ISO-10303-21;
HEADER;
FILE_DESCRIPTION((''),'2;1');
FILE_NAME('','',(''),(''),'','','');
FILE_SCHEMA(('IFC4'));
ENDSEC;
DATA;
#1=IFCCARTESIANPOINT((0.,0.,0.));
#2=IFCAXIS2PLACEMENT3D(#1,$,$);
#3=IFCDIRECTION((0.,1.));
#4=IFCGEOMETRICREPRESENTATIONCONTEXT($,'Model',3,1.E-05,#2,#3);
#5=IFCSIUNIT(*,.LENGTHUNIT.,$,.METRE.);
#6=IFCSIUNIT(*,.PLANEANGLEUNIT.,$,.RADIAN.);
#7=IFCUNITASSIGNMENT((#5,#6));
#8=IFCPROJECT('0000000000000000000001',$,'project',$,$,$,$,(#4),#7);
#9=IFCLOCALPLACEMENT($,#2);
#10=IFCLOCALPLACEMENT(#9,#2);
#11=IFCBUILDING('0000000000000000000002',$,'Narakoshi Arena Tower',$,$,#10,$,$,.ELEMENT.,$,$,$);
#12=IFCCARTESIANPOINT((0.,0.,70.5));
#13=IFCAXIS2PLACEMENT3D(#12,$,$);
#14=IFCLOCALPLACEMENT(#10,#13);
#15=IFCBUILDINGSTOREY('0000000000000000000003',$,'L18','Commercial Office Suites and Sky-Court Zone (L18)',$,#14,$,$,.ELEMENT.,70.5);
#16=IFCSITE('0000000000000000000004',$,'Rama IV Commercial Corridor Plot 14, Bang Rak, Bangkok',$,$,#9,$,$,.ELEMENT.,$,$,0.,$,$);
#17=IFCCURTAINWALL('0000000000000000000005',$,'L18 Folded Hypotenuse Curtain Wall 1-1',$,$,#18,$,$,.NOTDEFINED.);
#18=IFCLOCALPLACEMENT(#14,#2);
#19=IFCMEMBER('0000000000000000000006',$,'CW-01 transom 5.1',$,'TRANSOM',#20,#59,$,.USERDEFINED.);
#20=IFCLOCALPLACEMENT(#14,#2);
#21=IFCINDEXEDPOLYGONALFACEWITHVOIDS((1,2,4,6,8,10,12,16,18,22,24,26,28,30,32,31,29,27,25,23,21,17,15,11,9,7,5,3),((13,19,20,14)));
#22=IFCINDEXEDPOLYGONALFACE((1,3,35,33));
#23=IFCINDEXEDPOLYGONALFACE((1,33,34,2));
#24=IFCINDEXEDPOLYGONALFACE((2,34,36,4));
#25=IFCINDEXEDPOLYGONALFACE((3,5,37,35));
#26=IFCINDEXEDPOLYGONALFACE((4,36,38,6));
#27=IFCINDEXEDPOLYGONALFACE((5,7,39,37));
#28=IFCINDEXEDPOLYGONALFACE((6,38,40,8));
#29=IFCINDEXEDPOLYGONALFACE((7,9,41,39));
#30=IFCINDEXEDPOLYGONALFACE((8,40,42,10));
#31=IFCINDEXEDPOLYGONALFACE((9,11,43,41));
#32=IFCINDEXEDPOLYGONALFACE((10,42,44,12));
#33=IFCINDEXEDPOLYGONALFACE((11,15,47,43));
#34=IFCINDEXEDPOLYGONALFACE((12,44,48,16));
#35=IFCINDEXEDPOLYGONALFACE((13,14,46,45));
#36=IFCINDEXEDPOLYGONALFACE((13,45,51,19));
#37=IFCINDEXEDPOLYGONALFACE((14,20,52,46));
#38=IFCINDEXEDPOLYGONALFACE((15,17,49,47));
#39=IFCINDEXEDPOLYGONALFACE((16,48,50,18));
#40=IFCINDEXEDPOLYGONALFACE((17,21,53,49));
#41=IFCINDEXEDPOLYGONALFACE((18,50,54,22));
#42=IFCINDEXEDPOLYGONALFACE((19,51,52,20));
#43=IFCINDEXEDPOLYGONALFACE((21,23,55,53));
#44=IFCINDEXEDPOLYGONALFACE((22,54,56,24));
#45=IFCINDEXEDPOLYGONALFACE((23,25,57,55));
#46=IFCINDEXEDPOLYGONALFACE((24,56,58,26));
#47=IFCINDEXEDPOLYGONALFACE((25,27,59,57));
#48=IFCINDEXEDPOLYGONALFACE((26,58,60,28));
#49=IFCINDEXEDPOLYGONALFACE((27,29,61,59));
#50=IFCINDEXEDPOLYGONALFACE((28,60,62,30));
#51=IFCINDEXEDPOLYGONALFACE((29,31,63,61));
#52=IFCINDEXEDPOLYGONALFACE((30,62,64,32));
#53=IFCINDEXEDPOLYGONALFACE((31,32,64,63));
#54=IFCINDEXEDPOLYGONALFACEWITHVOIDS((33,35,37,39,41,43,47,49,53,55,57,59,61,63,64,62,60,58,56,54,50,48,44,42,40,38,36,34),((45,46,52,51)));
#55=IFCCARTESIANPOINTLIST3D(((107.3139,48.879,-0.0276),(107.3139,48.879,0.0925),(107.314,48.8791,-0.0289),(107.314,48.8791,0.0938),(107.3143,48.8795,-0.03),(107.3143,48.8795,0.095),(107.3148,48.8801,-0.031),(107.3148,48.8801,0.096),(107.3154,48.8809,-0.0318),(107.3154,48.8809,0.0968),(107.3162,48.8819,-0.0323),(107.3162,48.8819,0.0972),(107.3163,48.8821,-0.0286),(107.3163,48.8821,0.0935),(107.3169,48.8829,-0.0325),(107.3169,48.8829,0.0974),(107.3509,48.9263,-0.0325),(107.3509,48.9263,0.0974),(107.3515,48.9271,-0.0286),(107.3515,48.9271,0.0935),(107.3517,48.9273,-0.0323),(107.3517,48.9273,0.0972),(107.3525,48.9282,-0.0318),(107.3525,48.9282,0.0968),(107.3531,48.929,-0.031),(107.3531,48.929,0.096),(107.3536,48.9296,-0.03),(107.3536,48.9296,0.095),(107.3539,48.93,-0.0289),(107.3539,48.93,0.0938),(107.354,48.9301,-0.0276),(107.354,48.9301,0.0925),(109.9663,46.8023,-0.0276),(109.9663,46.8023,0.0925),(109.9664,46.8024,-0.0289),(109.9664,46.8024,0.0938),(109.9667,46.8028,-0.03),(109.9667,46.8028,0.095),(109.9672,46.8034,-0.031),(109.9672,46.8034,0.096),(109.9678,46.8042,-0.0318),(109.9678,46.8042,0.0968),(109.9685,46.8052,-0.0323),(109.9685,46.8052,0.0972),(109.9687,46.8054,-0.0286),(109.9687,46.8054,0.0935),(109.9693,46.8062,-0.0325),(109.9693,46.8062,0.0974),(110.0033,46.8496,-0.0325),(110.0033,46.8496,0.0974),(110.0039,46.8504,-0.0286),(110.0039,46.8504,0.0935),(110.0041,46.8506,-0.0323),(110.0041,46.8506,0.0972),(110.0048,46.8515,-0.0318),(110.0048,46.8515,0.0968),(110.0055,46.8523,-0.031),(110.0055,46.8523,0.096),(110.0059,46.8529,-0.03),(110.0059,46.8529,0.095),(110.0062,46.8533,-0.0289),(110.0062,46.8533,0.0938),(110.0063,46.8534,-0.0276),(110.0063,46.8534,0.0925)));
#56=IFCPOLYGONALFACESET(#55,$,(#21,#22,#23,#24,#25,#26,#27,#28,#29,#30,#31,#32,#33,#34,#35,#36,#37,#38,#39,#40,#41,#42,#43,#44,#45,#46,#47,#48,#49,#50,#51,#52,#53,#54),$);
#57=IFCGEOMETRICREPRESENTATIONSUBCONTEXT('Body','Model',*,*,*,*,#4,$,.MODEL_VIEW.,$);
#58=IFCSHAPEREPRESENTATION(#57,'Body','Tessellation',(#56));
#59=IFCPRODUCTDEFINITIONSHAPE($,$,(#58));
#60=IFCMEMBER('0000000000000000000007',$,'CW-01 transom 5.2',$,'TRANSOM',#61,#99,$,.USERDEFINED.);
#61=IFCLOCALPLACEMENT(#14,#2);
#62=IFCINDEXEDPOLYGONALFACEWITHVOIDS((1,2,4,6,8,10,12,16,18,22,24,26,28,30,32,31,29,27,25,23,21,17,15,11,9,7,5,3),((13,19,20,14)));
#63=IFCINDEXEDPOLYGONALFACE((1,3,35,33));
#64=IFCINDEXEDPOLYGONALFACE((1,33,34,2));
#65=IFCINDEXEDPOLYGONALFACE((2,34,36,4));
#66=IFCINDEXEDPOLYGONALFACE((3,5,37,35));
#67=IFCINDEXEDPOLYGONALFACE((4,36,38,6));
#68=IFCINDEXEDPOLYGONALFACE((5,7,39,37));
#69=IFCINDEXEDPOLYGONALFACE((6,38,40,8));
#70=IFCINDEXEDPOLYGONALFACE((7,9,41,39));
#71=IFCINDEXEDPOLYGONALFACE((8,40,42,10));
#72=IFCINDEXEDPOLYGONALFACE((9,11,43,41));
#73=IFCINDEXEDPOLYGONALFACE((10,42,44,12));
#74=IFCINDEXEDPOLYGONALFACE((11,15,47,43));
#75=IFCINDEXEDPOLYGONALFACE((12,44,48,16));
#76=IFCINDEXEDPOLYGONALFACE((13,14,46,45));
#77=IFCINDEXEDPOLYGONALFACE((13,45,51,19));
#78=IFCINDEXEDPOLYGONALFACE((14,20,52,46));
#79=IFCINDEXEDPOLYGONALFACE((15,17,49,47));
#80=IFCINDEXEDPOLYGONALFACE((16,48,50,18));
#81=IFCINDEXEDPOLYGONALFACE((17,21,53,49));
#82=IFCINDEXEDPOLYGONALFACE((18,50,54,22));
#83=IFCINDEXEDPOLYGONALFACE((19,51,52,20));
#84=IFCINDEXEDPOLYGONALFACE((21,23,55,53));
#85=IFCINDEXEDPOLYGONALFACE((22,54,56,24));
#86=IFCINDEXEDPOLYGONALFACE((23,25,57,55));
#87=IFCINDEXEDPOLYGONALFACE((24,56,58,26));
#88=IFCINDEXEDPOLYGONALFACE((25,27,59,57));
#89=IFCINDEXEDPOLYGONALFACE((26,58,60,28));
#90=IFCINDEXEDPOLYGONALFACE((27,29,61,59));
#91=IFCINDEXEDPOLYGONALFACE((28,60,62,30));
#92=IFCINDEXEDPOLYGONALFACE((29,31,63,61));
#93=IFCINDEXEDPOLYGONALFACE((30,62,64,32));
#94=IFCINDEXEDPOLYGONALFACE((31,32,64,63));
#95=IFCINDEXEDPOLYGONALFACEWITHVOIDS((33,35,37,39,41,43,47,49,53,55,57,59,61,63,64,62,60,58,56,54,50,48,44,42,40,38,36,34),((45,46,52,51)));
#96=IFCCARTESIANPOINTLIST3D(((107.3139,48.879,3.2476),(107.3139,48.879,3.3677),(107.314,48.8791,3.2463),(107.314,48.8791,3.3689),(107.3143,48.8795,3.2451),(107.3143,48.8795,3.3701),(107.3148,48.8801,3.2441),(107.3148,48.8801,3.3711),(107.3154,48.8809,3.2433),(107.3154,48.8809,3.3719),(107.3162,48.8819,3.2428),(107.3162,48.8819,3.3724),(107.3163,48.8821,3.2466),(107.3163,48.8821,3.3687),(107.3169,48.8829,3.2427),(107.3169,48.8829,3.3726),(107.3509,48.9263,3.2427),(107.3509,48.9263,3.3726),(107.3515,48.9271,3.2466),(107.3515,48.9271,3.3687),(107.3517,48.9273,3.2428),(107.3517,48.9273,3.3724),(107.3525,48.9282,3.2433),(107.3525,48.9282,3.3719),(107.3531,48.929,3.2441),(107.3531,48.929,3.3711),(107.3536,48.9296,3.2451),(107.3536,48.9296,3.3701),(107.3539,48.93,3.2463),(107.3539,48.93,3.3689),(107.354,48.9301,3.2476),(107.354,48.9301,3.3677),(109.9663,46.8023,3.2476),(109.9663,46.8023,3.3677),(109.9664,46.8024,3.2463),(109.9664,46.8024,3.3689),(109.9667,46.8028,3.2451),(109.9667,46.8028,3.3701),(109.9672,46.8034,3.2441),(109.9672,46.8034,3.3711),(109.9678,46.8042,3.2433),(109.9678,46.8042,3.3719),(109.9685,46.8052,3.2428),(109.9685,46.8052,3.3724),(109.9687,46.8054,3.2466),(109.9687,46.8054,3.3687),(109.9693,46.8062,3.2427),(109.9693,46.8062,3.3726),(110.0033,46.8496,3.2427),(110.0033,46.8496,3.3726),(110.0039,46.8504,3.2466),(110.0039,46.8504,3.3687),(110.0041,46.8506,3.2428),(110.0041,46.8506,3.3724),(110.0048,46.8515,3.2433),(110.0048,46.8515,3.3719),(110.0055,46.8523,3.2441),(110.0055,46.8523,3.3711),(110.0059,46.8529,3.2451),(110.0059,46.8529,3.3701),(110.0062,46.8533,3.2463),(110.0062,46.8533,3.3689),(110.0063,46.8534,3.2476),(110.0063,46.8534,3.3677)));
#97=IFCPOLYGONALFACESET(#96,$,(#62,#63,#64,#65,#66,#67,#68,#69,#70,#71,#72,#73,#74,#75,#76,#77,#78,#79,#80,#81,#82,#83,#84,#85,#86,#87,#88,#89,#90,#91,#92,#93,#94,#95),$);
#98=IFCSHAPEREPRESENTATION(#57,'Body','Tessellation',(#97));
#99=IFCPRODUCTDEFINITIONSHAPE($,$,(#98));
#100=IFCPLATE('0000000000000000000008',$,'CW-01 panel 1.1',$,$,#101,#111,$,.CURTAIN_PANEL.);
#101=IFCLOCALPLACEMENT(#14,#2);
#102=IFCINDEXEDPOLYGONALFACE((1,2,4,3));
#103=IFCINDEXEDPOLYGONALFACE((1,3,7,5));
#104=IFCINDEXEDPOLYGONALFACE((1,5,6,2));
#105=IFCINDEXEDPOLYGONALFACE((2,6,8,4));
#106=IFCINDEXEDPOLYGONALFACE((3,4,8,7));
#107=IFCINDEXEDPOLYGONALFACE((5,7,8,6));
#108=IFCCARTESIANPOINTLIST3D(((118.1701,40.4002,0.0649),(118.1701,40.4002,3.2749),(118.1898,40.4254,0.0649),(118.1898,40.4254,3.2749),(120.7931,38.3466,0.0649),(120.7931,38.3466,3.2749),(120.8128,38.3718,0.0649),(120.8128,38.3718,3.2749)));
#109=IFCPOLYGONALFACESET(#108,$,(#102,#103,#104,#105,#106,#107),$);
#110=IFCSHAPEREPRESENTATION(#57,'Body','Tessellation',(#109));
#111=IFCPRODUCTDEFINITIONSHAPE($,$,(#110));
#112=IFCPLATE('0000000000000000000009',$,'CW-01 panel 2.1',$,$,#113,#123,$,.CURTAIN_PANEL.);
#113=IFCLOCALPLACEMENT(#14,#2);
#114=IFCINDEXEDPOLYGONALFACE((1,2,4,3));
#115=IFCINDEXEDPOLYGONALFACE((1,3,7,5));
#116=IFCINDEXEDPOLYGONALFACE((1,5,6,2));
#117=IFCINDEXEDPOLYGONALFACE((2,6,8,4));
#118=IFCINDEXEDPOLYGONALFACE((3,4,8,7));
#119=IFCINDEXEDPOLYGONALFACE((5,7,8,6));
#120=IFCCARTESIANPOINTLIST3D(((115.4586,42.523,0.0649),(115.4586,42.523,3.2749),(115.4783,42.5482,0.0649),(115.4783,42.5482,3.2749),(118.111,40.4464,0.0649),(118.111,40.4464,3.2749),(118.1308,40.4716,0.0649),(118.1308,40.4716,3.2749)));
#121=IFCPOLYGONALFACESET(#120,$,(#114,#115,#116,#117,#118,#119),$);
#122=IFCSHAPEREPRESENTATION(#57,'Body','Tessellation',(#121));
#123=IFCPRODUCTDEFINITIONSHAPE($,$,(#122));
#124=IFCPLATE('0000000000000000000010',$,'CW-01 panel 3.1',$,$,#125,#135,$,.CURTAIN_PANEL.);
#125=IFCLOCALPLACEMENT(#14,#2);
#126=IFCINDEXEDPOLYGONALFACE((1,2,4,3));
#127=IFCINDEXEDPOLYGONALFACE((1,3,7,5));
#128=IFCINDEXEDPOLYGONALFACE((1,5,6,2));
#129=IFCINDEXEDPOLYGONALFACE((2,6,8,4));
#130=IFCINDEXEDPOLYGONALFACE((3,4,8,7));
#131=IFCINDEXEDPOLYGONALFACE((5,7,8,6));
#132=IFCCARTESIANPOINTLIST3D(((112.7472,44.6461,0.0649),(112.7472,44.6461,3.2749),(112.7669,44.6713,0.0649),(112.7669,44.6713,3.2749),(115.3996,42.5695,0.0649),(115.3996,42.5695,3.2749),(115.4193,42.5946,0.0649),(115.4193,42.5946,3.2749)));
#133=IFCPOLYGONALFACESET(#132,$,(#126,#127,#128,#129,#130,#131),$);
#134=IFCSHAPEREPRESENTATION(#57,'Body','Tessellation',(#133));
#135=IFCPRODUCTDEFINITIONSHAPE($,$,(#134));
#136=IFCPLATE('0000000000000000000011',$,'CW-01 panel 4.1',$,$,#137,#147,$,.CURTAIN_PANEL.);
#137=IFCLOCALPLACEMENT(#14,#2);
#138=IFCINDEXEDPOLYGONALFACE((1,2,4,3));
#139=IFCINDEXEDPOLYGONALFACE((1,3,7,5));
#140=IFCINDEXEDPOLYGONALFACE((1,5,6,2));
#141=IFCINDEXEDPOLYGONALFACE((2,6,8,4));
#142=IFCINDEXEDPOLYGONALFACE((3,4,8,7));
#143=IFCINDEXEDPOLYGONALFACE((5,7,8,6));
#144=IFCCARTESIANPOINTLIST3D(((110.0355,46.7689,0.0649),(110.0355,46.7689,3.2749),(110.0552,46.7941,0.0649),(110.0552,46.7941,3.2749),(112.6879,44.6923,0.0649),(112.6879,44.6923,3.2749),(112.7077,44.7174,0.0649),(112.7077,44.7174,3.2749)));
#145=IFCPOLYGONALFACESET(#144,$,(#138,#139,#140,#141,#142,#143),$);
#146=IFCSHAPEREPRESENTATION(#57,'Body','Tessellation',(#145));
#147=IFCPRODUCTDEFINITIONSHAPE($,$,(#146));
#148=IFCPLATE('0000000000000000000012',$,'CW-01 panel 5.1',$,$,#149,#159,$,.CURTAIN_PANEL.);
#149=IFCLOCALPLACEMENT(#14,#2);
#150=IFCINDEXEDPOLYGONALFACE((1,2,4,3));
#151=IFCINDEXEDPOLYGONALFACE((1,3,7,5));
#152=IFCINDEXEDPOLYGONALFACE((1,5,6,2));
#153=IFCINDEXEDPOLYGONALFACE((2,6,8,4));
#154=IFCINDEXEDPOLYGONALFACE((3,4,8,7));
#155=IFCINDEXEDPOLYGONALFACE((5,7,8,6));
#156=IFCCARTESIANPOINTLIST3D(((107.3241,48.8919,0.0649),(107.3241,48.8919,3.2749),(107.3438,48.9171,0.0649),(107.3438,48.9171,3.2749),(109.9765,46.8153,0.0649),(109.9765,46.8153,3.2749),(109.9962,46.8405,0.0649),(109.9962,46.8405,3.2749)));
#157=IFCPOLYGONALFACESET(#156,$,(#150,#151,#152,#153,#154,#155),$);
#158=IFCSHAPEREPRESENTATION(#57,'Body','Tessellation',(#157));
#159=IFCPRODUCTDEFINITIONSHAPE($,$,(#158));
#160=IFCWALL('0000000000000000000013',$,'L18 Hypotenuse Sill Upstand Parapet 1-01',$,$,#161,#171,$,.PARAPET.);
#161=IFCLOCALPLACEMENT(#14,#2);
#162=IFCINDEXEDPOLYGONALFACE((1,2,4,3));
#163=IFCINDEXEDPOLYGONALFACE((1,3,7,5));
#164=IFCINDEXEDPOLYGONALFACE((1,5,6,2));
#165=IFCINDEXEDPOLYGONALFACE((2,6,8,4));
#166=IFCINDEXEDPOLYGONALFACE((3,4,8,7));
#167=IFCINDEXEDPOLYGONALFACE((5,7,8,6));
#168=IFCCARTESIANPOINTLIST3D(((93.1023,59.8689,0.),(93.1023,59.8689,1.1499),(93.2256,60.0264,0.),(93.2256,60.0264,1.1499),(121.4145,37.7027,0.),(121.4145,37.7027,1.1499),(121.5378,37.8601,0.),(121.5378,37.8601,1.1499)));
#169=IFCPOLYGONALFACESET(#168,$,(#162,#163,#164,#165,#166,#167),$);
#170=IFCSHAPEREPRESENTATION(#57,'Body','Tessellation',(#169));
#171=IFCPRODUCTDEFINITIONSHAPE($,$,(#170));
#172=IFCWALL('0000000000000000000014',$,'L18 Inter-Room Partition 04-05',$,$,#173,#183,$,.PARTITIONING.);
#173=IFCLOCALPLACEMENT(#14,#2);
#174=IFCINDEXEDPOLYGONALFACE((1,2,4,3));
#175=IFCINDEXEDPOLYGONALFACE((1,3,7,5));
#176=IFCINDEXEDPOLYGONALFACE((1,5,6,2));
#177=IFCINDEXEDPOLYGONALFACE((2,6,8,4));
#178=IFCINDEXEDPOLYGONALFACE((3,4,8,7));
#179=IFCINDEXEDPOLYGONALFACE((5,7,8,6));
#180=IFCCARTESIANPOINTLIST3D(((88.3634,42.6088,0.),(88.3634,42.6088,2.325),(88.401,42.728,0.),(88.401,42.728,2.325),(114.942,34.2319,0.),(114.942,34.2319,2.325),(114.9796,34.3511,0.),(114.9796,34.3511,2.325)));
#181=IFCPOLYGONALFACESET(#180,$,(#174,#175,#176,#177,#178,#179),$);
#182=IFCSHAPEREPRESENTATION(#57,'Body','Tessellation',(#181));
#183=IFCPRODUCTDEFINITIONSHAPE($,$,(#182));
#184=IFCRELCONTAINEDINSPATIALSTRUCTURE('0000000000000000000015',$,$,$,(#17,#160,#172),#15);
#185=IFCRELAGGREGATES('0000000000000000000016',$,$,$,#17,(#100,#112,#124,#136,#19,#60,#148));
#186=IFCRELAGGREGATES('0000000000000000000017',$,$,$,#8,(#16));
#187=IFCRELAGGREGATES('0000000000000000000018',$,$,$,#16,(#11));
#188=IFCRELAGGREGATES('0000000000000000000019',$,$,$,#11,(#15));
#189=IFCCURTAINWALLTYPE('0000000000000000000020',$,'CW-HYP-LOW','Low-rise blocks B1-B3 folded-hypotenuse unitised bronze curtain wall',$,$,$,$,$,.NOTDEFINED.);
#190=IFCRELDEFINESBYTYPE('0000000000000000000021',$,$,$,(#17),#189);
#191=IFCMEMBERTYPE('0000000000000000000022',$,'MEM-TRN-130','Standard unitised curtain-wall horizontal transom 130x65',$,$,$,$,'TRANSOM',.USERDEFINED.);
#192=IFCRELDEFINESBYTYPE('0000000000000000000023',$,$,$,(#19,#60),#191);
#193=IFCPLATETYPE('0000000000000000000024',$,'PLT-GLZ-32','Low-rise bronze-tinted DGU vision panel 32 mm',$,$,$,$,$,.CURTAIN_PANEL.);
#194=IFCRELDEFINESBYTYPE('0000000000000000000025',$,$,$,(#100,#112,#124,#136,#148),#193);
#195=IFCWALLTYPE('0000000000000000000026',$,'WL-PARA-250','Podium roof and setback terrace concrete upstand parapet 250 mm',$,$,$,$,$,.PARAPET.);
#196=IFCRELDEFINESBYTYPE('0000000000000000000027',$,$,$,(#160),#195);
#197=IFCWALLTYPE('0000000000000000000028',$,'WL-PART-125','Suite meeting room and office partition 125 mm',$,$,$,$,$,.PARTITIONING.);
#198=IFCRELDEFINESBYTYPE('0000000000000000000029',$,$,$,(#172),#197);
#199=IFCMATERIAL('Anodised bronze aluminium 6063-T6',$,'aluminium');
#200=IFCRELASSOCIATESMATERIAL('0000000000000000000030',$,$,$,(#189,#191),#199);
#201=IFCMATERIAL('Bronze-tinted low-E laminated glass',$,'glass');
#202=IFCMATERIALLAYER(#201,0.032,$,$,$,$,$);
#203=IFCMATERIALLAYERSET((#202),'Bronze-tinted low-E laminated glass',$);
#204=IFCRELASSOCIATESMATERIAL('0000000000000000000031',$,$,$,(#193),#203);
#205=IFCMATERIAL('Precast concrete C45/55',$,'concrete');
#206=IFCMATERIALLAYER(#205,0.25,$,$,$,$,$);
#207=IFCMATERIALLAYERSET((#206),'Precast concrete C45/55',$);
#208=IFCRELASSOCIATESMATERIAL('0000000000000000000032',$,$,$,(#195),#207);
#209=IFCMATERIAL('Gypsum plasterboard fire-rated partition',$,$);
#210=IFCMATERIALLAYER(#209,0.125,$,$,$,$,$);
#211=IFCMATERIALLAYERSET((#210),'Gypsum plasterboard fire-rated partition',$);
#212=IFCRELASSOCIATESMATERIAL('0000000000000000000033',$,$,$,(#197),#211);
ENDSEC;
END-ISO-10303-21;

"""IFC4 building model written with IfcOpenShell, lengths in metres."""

from ifc_helpers import new_model, si_unit, direction, frame, frame_2d, origin, origin_2d, place, context, subcontext, project, spatial, rectangle, hollow_rectangle, extrude, material, layer, layer_set, material_profile, profile_set, type_object, element, aggregate, save


model = new_model("IFC4")

# Units and contexts
model_context = context("Model", 3, precision=1e-05, world=origin(), true_north=direction((0.0, 1.0)))
body_context = subcontext(model_context, "Body", "Model", "MODEL_VIEW")
ifc_project = project(units=[si_unit("LENGTHUNIT", "METRE"), si_unit("PLANEANGLEUNIT", "RADIAN")], contexts=[model_context])

# Site, building, storey
site_placement = place(None, origin())
site = spatial("IfcSite", under=ifc_project, at=site_placement, Name="Rama IV Commercial Corridor Plot 14, Bang Rak, Bangkok", CompositionType="ELEMENT", RefElevation=0.0)
building_placement = place(site_placement, origin())
building = spatial("IfcBuilding", under=site, at=building_placement, Name="Narakoshi Arena Tower", CompositionType="ELEMENT")
storey_placement = place(building_placement, frame((0.0, 0.0, 70.5)))
storey = spatial("IfcBuildingStorey", under=building, at=storey_placement, Name="L18", Description="Commercial Office Suites and Sky-Court Zone (L18)", CompositionType="ELEMENT", Elevation=70.5)

# Curtain wall, members, plates
ifc_material_1 = material(Name="Anodised bronze aluminium 6063-T6", Category="aluminium")
curtain_wall_type = type_object("IfcCurtainWallType", Name="CW-HYP-LOW", Description="Low-rise blocks B1-B3 folded-hypotenuse unitised bronze curtain wall", PredefinedType="NOTDEFINED", material=ifc_material_1)
curtain_wall_placement = place(storey_placement, origin())
curtain_wall = element("IfcCurtainWall", 1, at=curtain_wall_placement, inside=storey, type_object=curtain_wall_type, Name="L18 Folded Hypotenuse Curtain Wall 1-1", PredefinedType="NOTDEFINED")
ifc_material_profile_1 = material_profile(ifc_material_1, hollow_rectangle(XDim=0.0649, YDim=0.1299, WallThickness=0.0039, OuterFilletRadius=0.0049, at=origin_2d()), Name="TRN130x65x4")
ifc_profile_set_1 = profile_set([ifc_material_profile_1], Name="Anodised bronze aluminium 6063-T6")
member_type_1 = type_object("IfcMemberType", Name="MEM-TRN-130", Description="Standard unitised curtain-wall horizontal transom 130x65", ElementType="TRANSOM", PredefinedType="USERDEFINED", material=ifc_profile_set_1)
member_1_placement = place(storey_placement, frame((109.9863, 46.8279, 0.0325), z_axis=(-0.787373, 0.616476, 0.0), x_axis=(-0.616476, -0.787373, 0.0)))
member_1 = element("IfcMember", 2, at=member_1_placement, type_object=member_type_1, Name="CW-01 transom 5.1", ObjectType="TRANSOM", PredefinedType="USERDEFINED", context=body_context, shape_type="SweptSolid", body=[
    extrude(hollow_rectangle(XDim=0.0649, YDim=0.1299, WallThickness=0.0039, OuterFilletRadius=0.0049, at=origin_2d()), origin(), (0.0, 0.0, 1.0), 3.3687),
])
member_2_placement = place(storey_placement, frame((109.9863, 46.8279, 3.3076), z_axis=(-0.787373, 0.616476, 0.0), x_axis=(-0.616476, -0.787373, 0.0)))
member_2 = element("IfcMember", 3, at=member_2_placement, type_object=member_type_1, Name="CW-01 transom 5.2", ObjectType="TRANSOM", PredefinedType="USERDEFINED", context=body_context, shape_type="SweptSolid", body=[
    extrude(hollow_rectangle(XDim=0.0649, YDim=0.1299, WallThickness=0.0039, OuterFilletRadius=0.0049, at=origin_2d()), origin(), (0.0, 0.0, 1.0), 3.3687),
])
ifc_material_2 = material(Name="Bronze-tinted low-E laminated glass", Category="glass")
ifc_layer_1 = layer(ifc_material_2, 0.032)
ifc_layer_set_1 = layer_set([ifc_layer_1], Name="Bronze-tinted low-E laminated glass")
plate_type = type_object("IfcPlateType", Name="PLT-GLZ-32", Description="Low-rise bronze-tinted DGU vision panel 32 mm", PredefinedType="CURTAIN_PANEL", material=ifc_layer_set_1)
plate_1_placement = place(storey_placement, frame((119.4915, 39.386, 0.0649), z_axis=(0.0, 0.0, 1.0), x_axis=(-0.787388, 0.616458, 0.0)))
plate_1 = element("IfcPlate", 4, at=plate_1_placement, type_object=plate_type, Name="CW-01 panel 1.1", PredefinedType="CURTAIN_PANEL", context=body_context, shape_type="SweptSolid", body=[
    extrude(rectangle(XDim=3.3313, YDim=0.032, at=origin_2d()), origin(), (0.0, 0.0, 1.0), 3.21),
])
plate_2_placement = place(storey_placement, frame((116.7947, 41.4973, 0.0649), z_axis=(0.0, 0.0, 1.0), x_axis=(-0.787388, 0.616458, 0.0)))
plate_2 = element("IfcPlate", 5, at=plate_2_placement, type_object=plate_type, Name="CW-01 panel 2.1", PredefinedType="CURTAIN_PANEL", context=body_context, shape_type="SweptSolid", body=[
    extrude(rectangle(XDim=3.3687, YDim=0.032, at=origin_2d()), origin(), (0.0, 0.0, 1.0), 3.21),
])
plate_3_placement = place(storey_placement, frame((114.0833, 43.6204, 0.0649), z_axis=(0.0, 0.0, 1.0), x_axis=(-0.787388, 0.616458, 0.0)))
plate_3 = element("IfcPlate", 6, at=plate_3_placement, type_object=plate_type, Name="CW-01 panel 3.1", PredefinedType="CURTAIN_PANEL", context=body_context, shape_type="SweptSolid", body=[
    extrude(rectangle(XDim=3.3687, YDim=0.032, at=origin_2d()), origin(), (0.0, 0.0, 1.0), 3.21),
])
plate_4_placement = place(storey_placement, frame((111.3716, 45.7432, 0.0649), z_axis=(0.0, 0.0, 1.0), x_axis=(-0.787388, 0.616458, 0.0)))
plate_4 = element("IfcPlate", 7, at=plate_4_placement, type_object=plate_type, Name="CW-01 panel 4.1", PredefinedType="CURTAIN_PANEL", context=body_context, shape_type="SweptSolid", body=[
    extrude(rectangle(XDim=3.3687, YDim=0.032, at=origin_2d()), origin(), (0.0, 0.0, 1.0), 3.21),
])
plate_5_placement = place(storey_placement, frame((108.6602, 47.8662, 0.0649), z_axis=(0.0, 0.0, 1.0), x_axis=(-0.787388, 0.616458, 0.0)))
plate_5 = element("IfcPlate", 8, at=plate_5_placement, type_object=plate_type, Name="CW-01 panel 5.1", PredefinedType="CURTAIN_PANEL", context=body_context, shape_type="SweptSolid", body=[
    extrude(rectangle(XDim=3.3687, YDim=0.032, at=origin_2d()), origin(), (0.0, 0.0, 1.0), 3.21),
])
aggregate(curtain_wall, [plate_1, plate_2, plate_3, plate_4, member_1, member_2, plate_5])

# Walls
ifc_material_3 = material(Name="Precast concrete C45/55", Category="concrete")
ifc_layer_2 = layer(ifc_material_3, 0.25)
ifc_layer_set_2 = layer_set([ifc_layer_2], Name="Precast concrete C45/55")
wall_type_1 = type_object("IfcWallType", Name="WL-PARA-250", Description="Podium roof and setback terrace concrete upstand parapet 250 mm", PredefinedType="PARAPET", material=ifc_layer_set_2)
wall_1_placement = place(storey_placement, frame((121.4761, 37.7815, 0.0), z_axis=(0.0, 0.0, 1.0), x_axis=(-0.787386, 0.616461, 0.0)))
element("IfcWall", 9, at=wall_1_placement, inside=storey, type_object=wall_type_1, Name="L18 Hypotenuse Sill Upstand Parapet 1-01", PredefinedType="PARAPET", context=body_context, shape_type="SweptSolid", body=[
    extrude(rectangle(XDim=35.9573, YDim=0.2, at=frame_2d((17.9785, 0.0))), origin(), (0.0, 0.0, 1.0), 1.1499),
])
ifc_material_4 = material(Name="Gypsum plasterboard fire-rated partition")
ifc_layer_3 = layer(ifc_material_4, 0.125)
ifc_layer_set_3 = layer_set([ifc_layer_3], Name="Gypsum plasterboard fire-rated partition")
wall_type_2 = type_object("IfcWallType", Name="WL-PART-125", Description="Suite meeting room and office partition 125 mm", PredefinedType="PARTITIONING", material=ifc_layer_set_3)
wall_2_placement = place(storey_placement, frame((114.9607, 34.2915, 0.0), z_axis=(0.0, 0.0, 1.0), x_axis=(-0.95375, 0.3006, 0.0)))
element("IfcWall", 10, at=wall_2_placement, inside=storey, type_object=wall_type_2, Name="L18 Inter-Room Partition 04-05", PredefinedType="PARTITIONING", context=body_context, shape_type="SweptSolid", body=[
    extrude(rectangle(XDim=27.8674, YDim=0.125, at=frame_2d((13.9336, 0.0))), origin(), (0.0, 0.0, 1.0), 2.325),
])

save(model, "model.ifc")
